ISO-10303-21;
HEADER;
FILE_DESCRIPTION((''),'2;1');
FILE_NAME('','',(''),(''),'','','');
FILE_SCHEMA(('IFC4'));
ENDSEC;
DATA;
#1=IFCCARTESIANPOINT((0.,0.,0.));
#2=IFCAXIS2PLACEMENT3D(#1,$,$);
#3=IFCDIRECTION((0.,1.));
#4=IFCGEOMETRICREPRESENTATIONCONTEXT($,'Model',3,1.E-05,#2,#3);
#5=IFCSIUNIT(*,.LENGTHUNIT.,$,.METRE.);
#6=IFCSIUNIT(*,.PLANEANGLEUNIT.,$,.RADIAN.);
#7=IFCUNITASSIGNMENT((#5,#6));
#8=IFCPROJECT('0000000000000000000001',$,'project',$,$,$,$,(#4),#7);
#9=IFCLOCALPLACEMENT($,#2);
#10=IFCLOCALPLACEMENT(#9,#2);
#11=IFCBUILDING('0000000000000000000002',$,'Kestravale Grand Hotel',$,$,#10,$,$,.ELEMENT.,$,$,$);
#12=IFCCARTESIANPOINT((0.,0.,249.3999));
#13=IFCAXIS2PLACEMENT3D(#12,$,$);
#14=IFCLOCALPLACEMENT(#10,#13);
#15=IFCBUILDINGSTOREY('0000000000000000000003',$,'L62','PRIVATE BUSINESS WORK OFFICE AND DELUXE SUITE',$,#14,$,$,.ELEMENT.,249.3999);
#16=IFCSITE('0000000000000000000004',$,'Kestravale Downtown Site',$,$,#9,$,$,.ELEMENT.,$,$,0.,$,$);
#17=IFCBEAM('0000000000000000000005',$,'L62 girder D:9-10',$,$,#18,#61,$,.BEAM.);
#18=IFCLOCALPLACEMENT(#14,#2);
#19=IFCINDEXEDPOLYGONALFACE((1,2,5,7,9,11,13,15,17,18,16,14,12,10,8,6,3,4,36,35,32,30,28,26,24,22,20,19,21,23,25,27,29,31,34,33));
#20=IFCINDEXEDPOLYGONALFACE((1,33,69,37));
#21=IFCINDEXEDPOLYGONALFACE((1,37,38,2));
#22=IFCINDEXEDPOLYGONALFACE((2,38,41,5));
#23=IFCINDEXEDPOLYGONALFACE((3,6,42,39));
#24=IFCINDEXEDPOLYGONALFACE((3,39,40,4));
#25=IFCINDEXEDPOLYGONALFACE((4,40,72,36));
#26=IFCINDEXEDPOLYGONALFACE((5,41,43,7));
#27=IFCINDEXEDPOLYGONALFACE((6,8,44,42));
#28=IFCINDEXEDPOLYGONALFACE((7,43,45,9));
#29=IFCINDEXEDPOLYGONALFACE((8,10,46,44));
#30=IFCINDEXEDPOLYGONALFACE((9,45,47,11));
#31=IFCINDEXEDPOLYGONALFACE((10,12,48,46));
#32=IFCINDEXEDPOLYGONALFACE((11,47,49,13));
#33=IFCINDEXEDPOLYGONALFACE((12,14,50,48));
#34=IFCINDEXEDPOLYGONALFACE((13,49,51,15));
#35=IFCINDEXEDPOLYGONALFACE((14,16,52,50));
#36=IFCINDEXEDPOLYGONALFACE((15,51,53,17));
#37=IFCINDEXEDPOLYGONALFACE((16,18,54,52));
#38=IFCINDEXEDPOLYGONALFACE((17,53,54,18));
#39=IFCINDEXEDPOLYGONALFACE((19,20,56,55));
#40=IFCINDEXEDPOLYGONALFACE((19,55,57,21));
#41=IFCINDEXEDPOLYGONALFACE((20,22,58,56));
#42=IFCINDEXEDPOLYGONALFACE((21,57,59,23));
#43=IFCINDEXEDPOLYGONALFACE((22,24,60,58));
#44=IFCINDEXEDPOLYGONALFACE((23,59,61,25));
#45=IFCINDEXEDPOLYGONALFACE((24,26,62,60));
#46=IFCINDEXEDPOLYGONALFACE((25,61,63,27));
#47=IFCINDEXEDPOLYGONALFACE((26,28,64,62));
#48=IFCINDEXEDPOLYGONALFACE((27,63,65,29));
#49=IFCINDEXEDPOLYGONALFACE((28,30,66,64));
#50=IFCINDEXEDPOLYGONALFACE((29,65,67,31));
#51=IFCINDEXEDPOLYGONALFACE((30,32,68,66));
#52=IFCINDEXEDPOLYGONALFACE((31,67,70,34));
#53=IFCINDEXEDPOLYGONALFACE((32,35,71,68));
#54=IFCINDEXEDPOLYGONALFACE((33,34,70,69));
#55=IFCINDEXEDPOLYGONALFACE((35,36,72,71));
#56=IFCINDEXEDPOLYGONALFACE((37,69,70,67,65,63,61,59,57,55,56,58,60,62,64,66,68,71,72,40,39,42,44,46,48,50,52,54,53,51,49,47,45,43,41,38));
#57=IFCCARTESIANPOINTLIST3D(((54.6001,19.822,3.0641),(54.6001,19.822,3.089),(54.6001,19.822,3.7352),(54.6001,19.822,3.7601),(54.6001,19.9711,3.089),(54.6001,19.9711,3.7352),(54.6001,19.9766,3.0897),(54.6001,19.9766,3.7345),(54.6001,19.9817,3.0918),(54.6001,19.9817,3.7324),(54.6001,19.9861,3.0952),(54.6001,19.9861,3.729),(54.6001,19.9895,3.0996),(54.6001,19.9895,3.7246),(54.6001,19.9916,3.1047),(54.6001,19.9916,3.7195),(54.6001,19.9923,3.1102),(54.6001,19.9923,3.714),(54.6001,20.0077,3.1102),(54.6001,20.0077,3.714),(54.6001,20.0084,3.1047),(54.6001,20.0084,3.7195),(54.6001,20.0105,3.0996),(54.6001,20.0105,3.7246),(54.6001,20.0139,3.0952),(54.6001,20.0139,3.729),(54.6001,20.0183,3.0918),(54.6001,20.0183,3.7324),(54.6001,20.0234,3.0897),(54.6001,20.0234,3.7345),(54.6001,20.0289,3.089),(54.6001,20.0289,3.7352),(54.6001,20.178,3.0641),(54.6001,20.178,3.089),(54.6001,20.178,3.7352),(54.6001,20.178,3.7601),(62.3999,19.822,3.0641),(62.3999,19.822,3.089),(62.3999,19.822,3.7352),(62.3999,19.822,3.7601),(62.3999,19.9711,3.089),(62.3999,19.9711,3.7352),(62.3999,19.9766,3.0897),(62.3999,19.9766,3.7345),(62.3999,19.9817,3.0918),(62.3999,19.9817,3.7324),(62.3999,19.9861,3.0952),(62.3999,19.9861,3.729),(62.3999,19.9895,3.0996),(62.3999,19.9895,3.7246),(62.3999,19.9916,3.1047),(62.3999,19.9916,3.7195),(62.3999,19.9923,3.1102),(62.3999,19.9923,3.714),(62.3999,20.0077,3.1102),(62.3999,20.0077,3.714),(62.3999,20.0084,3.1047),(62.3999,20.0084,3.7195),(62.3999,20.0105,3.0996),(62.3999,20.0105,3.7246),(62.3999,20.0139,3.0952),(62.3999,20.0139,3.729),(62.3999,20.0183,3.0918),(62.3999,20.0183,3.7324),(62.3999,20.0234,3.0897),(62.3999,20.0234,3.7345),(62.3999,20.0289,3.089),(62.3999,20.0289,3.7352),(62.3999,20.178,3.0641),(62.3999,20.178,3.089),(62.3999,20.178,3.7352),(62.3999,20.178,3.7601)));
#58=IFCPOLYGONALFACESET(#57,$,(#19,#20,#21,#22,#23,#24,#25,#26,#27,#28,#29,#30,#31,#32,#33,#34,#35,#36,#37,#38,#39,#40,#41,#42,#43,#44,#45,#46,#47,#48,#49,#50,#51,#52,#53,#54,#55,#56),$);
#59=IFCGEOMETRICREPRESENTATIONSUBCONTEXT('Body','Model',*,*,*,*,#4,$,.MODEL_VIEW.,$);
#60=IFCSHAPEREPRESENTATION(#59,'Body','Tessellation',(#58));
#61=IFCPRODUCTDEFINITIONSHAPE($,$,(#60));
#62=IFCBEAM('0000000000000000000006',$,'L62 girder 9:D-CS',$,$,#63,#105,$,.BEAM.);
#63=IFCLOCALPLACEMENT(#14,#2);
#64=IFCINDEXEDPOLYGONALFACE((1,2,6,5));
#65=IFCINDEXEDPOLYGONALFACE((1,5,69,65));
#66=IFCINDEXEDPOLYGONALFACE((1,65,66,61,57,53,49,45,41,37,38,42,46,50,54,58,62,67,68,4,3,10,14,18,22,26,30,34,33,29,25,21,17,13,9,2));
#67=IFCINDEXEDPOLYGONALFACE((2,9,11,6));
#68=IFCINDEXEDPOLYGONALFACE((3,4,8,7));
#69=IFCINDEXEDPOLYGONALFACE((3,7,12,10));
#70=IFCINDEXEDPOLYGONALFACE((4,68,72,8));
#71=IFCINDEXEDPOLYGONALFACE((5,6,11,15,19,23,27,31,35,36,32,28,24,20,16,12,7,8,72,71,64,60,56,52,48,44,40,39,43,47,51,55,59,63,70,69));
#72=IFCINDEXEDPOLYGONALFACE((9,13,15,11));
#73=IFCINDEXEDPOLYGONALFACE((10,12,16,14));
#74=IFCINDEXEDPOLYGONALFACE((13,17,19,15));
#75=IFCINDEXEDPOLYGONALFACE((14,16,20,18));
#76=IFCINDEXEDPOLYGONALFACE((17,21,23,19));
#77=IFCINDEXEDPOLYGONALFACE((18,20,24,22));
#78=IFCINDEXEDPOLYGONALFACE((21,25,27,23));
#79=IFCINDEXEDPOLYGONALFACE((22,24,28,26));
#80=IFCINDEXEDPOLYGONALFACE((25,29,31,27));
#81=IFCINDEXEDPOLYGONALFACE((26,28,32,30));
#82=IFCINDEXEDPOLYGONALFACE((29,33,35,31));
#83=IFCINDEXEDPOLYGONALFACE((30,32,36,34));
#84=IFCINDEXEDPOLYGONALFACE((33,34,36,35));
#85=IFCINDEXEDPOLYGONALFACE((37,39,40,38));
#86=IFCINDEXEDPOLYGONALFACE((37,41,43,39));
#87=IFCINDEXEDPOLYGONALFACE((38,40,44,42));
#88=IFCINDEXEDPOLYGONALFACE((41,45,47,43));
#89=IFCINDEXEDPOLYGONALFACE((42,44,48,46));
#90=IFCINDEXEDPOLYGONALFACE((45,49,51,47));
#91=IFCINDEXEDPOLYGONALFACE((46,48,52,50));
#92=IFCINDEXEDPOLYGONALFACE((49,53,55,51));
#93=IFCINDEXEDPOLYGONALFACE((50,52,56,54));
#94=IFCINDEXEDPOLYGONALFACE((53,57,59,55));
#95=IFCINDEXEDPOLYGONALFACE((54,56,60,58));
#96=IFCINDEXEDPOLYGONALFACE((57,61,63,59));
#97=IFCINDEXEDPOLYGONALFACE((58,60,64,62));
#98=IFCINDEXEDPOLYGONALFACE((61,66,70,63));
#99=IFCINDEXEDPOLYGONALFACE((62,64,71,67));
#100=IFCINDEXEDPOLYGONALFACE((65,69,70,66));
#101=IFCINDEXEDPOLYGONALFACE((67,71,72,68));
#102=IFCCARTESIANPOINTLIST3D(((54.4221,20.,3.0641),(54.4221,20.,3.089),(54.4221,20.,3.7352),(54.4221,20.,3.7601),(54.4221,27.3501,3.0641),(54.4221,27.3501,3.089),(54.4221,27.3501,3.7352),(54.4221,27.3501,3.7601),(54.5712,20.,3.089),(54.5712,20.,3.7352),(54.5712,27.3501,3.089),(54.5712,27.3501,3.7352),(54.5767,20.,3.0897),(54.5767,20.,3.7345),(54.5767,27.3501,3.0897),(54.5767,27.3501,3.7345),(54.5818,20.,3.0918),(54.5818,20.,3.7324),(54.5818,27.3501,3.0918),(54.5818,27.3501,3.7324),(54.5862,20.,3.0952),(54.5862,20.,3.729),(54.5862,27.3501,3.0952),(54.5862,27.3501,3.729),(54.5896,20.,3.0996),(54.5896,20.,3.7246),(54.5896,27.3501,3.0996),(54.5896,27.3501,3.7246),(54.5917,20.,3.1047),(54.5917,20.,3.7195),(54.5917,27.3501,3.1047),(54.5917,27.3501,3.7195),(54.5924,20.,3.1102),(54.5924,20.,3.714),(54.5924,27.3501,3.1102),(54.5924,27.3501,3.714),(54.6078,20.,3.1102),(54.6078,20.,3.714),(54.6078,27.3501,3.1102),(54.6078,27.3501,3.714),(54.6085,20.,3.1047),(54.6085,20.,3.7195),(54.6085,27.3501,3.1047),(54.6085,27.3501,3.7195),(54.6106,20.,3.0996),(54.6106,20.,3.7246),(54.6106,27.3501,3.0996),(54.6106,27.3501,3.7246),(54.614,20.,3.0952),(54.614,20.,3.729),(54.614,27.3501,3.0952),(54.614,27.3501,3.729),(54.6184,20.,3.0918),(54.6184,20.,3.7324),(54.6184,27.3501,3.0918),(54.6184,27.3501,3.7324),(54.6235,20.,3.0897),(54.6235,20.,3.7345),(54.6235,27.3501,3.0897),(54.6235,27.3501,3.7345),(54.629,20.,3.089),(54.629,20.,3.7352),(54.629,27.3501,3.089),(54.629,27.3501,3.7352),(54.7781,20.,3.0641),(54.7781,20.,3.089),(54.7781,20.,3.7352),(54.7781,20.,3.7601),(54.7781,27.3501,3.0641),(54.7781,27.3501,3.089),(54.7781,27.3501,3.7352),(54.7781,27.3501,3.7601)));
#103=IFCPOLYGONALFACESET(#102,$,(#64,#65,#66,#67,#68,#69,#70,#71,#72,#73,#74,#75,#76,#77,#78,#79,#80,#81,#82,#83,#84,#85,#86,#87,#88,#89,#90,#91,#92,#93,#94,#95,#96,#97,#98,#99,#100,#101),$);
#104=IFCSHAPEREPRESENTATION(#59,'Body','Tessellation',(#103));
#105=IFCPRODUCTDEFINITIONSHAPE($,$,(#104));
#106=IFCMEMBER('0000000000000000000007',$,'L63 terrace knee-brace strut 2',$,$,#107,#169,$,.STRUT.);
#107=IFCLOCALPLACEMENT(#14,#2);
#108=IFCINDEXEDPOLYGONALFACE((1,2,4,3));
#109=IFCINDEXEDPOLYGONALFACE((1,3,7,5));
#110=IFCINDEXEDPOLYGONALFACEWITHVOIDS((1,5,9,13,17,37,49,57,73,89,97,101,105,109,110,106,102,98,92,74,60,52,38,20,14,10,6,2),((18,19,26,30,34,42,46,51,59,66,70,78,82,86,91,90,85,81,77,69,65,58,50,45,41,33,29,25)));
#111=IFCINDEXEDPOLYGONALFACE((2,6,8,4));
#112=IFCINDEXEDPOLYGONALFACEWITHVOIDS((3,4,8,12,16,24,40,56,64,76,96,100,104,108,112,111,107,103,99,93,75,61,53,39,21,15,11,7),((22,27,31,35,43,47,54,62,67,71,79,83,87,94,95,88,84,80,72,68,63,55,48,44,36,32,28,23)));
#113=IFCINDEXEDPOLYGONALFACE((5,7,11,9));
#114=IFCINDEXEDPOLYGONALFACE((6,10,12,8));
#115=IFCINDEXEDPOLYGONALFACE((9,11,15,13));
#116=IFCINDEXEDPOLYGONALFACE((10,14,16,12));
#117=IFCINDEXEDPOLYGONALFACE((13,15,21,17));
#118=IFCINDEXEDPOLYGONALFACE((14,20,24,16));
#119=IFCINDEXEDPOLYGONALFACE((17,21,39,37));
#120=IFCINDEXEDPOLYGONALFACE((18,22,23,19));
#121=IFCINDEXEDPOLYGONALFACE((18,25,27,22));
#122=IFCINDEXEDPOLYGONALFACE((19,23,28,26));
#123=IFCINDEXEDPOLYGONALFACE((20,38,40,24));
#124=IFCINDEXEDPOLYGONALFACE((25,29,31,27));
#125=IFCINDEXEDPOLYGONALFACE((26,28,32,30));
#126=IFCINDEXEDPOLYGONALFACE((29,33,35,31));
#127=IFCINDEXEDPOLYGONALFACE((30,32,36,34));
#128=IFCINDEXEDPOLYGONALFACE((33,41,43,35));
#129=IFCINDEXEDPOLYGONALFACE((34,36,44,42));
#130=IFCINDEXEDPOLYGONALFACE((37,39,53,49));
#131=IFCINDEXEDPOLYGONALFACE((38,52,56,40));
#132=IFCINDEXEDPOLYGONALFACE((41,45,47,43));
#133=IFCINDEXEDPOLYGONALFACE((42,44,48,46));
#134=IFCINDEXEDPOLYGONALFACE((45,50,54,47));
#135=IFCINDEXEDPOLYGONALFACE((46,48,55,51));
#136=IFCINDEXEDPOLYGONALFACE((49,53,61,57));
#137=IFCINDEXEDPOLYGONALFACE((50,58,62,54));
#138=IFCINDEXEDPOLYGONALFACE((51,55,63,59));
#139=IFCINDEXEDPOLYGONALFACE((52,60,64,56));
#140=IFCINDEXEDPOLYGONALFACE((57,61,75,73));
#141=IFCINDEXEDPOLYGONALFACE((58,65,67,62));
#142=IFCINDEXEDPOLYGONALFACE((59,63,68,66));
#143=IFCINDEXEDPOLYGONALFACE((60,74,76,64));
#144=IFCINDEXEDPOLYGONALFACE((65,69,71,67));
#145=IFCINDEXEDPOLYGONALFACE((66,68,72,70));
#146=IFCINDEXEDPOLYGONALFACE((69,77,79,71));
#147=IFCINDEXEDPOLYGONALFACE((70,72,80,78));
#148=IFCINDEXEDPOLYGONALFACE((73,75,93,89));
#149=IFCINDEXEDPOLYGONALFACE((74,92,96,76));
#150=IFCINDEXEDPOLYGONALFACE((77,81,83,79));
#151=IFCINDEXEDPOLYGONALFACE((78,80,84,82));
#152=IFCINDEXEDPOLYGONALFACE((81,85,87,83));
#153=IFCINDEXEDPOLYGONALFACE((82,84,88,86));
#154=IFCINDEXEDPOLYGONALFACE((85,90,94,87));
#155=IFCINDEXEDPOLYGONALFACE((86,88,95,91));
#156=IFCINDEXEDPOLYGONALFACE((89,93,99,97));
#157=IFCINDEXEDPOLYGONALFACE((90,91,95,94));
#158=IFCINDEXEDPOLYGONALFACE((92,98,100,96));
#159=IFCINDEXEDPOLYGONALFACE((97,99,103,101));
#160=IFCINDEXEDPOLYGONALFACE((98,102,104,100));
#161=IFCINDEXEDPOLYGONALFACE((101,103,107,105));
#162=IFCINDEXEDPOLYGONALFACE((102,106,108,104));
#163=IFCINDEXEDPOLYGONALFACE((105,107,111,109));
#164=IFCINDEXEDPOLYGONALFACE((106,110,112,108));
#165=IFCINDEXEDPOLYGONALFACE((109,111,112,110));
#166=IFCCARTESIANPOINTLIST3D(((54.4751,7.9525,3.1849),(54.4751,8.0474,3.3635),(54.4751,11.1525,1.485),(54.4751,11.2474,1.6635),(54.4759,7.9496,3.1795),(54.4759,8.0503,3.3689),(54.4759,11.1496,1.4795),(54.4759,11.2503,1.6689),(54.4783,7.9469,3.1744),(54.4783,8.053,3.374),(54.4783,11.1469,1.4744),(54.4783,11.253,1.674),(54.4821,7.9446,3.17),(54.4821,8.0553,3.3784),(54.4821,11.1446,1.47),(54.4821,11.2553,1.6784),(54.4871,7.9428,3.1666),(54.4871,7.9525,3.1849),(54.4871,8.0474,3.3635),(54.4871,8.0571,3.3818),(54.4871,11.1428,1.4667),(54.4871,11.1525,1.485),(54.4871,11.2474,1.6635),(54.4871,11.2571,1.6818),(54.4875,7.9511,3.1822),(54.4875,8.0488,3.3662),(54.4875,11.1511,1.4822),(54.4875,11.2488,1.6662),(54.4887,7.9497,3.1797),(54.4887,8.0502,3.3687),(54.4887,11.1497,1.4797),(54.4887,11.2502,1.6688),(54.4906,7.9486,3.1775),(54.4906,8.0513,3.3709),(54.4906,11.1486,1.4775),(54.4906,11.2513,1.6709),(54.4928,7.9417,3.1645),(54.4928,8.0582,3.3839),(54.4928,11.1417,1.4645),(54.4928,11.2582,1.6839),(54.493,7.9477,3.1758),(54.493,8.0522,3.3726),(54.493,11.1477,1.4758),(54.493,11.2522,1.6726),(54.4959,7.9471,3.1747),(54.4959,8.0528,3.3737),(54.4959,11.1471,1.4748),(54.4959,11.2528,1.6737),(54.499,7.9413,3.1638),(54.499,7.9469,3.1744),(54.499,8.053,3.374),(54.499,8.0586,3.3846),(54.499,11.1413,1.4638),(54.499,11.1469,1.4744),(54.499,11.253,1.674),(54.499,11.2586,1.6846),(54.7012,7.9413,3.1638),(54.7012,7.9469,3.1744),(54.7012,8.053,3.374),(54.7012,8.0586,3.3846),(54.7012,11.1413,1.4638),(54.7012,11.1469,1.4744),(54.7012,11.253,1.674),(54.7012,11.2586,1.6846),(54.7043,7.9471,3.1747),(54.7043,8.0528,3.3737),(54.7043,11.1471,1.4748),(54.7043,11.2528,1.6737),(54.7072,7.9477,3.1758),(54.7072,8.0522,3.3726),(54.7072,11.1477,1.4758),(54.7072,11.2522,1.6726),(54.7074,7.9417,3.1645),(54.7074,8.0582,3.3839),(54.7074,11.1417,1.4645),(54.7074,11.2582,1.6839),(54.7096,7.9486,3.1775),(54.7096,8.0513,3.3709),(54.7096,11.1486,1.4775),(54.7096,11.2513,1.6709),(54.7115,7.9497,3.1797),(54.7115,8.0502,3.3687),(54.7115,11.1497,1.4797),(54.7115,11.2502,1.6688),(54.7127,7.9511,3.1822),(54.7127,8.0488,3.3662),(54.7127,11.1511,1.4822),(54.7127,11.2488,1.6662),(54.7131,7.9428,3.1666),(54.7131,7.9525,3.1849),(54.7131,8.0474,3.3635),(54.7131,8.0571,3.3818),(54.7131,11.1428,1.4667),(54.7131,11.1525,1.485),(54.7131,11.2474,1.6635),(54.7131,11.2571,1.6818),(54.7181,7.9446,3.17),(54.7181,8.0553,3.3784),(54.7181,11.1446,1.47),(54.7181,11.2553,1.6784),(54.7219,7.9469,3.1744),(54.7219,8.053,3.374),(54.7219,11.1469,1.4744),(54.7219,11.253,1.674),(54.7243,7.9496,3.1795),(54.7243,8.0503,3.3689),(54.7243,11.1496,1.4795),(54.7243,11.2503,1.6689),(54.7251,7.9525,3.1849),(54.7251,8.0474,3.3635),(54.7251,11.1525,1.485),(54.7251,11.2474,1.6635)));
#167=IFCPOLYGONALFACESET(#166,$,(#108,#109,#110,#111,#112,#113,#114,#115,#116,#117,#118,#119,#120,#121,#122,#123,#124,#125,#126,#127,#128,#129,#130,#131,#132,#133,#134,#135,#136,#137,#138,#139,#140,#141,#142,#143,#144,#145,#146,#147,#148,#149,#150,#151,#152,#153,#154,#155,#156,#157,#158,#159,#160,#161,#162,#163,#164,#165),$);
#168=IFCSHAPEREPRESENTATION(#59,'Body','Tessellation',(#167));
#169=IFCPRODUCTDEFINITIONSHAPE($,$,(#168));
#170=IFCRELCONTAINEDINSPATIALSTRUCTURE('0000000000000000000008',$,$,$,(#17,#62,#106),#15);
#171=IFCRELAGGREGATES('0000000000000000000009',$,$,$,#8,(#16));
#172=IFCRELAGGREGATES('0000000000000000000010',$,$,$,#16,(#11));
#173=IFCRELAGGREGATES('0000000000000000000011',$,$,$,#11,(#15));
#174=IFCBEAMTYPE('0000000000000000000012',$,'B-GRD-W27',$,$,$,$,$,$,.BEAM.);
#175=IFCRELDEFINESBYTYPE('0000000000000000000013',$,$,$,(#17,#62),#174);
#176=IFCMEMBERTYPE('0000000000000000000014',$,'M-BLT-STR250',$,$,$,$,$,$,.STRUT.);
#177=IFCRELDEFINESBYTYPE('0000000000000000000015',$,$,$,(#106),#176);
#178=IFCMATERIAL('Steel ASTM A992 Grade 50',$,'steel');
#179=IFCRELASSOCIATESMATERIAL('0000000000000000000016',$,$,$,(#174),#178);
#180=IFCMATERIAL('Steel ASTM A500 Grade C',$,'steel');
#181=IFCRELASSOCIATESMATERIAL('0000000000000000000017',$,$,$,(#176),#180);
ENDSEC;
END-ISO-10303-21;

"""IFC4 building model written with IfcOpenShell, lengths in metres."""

from ifc_helpers import new_model, si_unit, direction, frame, origin, origin_2d, place, context, subcontext, project, spatial, hollow_rectangle, i_section, extrude, material, material_profile, profile_set, type_object, element, save


model = new_model("IFC4")

# Units and contexts
model_context = context("Model", 3, precision=1e-05, world=origin(), true_north=direction((0.0, 1.0)))
body_context = subcontext(model_context, "Body", "Model", "MODEL_VIEW")
ifc_project = project(units=[si_unit("LENGTHUNIT", "METRE"), si_unit("PLANEANGLEUNIT", "RADIAN")], contexts=[model_context])

# Site, building, storey
site_placement = place(None, origin())
site = spatial("IfcSite", under=ifc_project, at=site_placement, Name="Kestravale Downtown Site", CompositionType="ELEMENT", RefElevation=0.0)
building_placement = place(site_placement, origin())
building = spatial("IfcBuilding", under=site, at=building_placement, Name="Kestravale Grand Hotel", CompositionType="ELEMENT")
storey_placement = place(building_placement, frame((0.0, 0.0, 249.3999)))
storey = spatial("IfcBuildingStorey", under=building, at=storey_placement, Name="L62", Description="PRIVATE BUSINESS WORK OFFICE AND DELUXE SUITE", CompositionType="ELEMENT", Elevation=249.3999)

# Beams
ifc_material_1 = material(Name="Steel ASTM A992 Grade 50", Category="steel")
ifc_material_profile_1 = material_profile(ifc_material_1, i_section(OverallWidth=0.356, OverallDepth=0.696, WebThickness=0.0154, FlangeThickness=0.0249, FilletRadius=0.0212, at=origin_2d()))
ifc_profile_set_1 = profile_set([ifc_material_profile_1], Name="Steel ASTM A992 Grade 50")
beam_type_1 = type_object("IfcBeamType", Name="B-GRD-W27", PredefinedType="BEAM", material=ifc_profile_set_1)
beam_1_placement = place(storey_placement, frame((54.6001, 20.0, 3.4121), z_axis=(1.0, 0.0, 0.0), x_axis=(0.0, 1.0, 0.0)))
element("IfcBeam", 1, at=beam_1_placement, inside=storey, type_object=beam_type_1, Name="L62 girder D:9-10", PredefinedType="BEAM", context=body_context, shape_type="SweptSolid", body=[
    extrude(i_section(OverallWidth=0.356, OverallDepth=0.696, WebThickness=0.0154, FlangeThickness=0.0249, FilletRadius=0.0212, at=origin_2d()), origin(), (0.0, 0.0, 1.0), 7.7998),
])
beam_2_placement = place(storey_placement, frame((54.6001, 20.0, 3.4121), z_axis=(0.0, 1.0, 0.0), x_axis=(-1.0, 0.0, 0.0)))
element("IfcBeam", 2, at=beam_2_placement, inside=storey, type_object=beam_type_1, Name="L62 girder 9:D-CS", PredefinedType="BEAM", context=body_context, shape_type="SweptSolid", body=[
    extrude(i_section(OverallWidth=0.356, OverallDepth=0.696, WebThickness=0.0154, FlangeThickness=0.0249, FilletRadius=0.0212, at=origin_2d()), origin(), (0.0, 0.0, 1.0), 7.3501),
])

# Member
ifc_material_2 = material(Name="Steel ASTM A500 Grade C", Category="steel")
ifc_material_profile_2 = material_profile(ifc_material_2, hollow_rectangle(XDim=0.25, YDim=0.25, WallThickness=0.012, InnerFilletRadius=0.012, OuterFilletRadius=0.0239, at=origin_2d()))
ifc_profile_set_2 = profile_set([ifc_material_profile_2], Name="Steel ASTM A500 Grade C")
member_type = type_object("IfcMemberType", Name="M-BLT-STR250", PredefinedType="STRUT", material=ifc_profile_set_2)
member_placement = place(storey_placement, frame((54.6001, 11.2, 1.5742), z_axis=(0.0, -0.883118, 0.46915), x_axis=(1.0, 0.0, 0.0)))
element("IfcMember", 3, at=member_placement, inside=storey, type_object=member_type, Name="L63 terrace knee-brace strut 2", PredefinedType="STRUT", context=body_context, shape_type="SweptSolid", body=[
    extrude(hollow_rectangle(XDim=0.25, YDim=0.25, WallThickness=0.012, InnerFilletRadius=0.012, OuterFilletRadius=0.0239, at=origin_2d()), origin(), (0.0, 0.0, 1.0), 3.6235),
])

save(model, "model.ifc")
